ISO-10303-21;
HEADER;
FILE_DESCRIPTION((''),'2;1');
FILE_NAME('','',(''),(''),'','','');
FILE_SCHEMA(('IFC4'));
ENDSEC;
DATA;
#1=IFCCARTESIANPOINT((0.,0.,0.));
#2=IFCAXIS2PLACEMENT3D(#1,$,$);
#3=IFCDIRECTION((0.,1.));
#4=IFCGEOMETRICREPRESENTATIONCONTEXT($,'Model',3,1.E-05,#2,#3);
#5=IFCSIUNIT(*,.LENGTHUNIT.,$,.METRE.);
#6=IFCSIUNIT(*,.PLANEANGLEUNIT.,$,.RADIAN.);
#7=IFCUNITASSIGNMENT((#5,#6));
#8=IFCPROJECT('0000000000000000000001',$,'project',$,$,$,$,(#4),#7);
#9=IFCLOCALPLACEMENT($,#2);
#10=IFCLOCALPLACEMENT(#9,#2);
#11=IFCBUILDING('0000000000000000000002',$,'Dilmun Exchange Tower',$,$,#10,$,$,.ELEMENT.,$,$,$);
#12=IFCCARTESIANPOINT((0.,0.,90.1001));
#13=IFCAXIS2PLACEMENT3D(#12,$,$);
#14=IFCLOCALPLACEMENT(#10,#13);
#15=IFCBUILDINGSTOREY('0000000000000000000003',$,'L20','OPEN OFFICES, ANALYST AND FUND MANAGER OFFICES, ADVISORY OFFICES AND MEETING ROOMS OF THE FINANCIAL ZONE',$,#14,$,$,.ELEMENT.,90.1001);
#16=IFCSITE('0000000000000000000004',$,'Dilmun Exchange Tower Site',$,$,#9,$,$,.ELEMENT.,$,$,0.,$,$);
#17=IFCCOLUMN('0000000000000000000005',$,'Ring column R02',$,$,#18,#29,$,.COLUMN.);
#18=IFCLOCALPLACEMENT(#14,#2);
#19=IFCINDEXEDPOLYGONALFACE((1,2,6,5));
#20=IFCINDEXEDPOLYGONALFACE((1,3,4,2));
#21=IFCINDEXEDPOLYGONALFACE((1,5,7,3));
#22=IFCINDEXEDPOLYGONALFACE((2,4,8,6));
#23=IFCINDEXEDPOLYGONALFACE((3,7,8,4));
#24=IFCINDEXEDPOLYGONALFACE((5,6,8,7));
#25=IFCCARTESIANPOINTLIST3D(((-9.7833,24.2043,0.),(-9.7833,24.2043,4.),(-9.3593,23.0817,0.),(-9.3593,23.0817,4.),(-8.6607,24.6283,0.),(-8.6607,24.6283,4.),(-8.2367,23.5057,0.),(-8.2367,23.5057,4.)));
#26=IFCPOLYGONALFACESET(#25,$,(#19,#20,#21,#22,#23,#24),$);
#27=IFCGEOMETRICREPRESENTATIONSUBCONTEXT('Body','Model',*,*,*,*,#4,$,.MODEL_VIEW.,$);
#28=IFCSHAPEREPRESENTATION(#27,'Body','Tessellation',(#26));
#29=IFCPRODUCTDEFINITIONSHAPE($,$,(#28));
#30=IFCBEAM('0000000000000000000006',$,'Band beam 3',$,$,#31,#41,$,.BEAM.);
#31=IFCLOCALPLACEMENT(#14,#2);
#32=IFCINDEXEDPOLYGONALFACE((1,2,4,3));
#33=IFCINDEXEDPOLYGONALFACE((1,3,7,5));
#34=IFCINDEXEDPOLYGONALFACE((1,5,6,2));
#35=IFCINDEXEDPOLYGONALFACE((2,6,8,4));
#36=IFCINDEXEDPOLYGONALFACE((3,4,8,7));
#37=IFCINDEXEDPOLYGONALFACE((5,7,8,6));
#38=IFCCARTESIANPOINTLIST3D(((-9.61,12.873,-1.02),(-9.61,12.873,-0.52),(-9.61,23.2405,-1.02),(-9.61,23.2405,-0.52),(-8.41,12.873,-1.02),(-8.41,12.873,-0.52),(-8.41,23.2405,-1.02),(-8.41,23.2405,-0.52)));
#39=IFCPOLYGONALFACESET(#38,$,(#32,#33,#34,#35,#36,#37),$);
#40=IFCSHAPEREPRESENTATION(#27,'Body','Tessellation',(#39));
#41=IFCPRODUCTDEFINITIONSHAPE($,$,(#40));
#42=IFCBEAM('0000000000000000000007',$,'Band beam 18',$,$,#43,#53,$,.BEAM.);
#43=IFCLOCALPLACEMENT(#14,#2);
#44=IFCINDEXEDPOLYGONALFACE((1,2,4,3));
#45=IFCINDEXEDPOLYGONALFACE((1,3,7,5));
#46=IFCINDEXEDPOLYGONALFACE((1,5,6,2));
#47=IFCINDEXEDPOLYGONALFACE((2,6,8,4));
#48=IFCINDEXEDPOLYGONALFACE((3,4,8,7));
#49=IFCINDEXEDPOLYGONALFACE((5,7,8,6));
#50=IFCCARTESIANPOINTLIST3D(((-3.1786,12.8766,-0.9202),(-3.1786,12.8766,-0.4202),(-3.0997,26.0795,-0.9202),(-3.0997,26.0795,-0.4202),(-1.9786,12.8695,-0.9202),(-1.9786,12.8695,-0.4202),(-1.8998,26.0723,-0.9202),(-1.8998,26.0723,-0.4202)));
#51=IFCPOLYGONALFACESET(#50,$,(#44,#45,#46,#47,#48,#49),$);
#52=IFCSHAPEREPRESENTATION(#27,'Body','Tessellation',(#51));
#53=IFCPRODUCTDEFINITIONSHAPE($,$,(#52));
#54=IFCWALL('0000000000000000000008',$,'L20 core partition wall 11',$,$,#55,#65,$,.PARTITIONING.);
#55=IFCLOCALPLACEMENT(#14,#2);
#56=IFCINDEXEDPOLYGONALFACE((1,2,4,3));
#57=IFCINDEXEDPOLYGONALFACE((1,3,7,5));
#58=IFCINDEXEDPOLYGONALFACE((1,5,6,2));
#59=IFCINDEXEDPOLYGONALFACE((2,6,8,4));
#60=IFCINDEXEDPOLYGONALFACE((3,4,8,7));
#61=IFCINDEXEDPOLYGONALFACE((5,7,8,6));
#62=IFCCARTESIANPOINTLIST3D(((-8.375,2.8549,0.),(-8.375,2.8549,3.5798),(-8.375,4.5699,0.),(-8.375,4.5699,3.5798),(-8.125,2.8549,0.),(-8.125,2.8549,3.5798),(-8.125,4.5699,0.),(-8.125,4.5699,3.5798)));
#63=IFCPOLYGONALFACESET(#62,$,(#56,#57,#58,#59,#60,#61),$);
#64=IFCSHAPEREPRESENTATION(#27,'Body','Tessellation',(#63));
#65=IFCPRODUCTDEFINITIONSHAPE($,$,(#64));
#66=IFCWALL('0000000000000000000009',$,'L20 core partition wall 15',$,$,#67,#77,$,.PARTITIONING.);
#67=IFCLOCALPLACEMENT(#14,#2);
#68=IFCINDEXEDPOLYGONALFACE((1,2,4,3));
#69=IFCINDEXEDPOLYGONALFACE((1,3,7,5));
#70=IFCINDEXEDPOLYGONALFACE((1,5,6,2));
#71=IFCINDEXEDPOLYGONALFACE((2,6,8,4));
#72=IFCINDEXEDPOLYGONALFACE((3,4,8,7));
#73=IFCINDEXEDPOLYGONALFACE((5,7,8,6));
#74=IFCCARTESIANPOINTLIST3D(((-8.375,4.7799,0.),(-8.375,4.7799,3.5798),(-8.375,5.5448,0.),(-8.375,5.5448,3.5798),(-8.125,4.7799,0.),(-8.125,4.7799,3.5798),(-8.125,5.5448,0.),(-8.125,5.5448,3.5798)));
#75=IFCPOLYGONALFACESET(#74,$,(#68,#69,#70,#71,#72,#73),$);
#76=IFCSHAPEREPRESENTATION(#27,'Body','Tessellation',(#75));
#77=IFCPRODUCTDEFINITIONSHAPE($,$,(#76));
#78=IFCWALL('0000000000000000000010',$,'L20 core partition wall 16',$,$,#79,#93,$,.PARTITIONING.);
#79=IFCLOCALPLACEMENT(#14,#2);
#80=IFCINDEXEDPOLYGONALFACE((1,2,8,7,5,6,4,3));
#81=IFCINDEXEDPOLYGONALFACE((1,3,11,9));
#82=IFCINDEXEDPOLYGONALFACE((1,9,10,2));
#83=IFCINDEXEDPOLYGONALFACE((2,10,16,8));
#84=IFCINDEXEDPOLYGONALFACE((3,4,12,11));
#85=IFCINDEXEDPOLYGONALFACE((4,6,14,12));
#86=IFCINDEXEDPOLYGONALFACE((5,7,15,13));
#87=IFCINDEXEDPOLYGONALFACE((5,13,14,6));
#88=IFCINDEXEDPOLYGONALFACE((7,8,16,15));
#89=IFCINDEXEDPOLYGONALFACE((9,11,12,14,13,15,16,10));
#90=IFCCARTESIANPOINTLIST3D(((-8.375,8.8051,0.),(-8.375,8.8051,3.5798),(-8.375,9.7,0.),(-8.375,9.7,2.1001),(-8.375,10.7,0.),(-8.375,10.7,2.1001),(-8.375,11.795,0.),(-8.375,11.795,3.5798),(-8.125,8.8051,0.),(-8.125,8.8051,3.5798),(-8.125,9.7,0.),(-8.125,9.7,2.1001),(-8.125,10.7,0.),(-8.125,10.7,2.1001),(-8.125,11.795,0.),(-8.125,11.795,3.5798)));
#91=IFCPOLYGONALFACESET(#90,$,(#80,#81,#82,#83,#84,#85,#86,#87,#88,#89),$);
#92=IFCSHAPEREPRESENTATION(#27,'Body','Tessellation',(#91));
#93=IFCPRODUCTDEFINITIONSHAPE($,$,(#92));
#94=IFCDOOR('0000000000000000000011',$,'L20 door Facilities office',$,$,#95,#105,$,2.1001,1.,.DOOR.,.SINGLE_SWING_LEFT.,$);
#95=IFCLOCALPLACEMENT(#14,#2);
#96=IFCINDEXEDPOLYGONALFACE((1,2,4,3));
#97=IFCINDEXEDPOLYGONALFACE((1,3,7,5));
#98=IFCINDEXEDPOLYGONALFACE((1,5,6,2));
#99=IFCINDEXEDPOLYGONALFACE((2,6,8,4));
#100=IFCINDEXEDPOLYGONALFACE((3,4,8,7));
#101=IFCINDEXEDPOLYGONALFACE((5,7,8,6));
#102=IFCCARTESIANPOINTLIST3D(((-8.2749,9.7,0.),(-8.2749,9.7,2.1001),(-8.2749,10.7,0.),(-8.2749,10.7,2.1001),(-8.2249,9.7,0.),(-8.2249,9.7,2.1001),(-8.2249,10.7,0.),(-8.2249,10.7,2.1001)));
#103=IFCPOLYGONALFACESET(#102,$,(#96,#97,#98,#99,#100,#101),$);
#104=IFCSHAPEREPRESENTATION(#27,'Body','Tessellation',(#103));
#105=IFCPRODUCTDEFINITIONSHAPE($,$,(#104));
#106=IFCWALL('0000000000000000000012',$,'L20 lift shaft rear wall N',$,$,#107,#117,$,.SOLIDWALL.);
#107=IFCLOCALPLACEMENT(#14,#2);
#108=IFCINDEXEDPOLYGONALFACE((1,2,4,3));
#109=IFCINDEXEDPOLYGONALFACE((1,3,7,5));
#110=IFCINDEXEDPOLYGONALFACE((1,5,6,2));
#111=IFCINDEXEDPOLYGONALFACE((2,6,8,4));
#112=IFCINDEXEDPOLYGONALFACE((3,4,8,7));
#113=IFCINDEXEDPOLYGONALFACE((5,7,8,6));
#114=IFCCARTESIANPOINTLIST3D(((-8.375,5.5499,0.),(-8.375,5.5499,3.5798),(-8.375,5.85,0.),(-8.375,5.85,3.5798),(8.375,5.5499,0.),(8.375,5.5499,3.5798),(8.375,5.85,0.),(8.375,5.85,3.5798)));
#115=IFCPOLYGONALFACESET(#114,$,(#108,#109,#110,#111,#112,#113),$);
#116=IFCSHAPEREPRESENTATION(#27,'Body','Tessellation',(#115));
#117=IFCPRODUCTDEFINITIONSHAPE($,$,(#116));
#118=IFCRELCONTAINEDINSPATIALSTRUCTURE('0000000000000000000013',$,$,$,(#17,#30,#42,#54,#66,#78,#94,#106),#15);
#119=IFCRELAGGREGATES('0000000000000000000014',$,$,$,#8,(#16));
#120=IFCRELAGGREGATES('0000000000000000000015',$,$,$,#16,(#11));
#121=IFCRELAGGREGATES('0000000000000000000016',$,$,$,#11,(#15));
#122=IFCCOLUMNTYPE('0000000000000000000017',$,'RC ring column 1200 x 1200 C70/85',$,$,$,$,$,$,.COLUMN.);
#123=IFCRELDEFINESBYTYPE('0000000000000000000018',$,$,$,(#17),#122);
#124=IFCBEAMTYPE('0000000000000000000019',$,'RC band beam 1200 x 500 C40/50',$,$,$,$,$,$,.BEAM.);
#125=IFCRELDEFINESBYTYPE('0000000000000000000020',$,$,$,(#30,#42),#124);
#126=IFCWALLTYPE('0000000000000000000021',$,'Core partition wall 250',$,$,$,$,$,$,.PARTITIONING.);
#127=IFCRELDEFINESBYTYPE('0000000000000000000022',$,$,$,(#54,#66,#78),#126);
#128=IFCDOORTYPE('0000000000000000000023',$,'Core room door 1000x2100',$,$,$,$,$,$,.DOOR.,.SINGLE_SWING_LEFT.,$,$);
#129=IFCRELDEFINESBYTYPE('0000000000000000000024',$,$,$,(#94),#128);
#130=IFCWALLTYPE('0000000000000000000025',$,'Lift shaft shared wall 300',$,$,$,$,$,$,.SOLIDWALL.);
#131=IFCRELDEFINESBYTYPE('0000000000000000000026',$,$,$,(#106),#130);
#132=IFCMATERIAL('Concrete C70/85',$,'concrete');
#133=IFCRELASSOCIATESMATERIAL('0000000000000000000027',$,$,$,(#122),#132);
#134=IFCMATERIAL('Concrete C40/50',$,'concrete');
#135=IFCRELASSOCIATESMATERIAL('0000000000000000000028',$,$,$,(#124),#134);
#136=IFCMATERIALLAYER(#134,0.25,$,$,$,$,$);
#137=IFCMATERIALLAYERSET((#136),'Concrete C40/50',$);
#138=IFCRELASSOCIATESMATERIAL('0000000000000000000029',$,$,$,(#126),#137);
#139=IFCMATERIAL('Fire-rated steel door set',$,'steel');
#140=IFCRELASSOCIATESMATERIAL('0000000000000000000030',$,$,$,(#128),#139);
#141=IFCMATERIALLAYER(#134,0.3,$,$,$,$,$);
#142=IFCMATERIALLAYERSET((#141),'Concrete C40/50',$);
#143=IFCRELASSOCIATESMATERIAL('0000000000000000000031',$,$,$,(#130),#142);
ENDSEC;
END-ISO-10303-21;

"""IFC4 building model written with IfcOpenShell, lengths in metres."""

from ifc_helpers import new_model, si_unit, direction, frame, frame_2d, origin, origin_2d, place, context, subcontext, project, spatial, rectangle, extrude, material, layer, layer_set, material_profile, profile_set, type_object, element, fill, save


model = new_model("IFC4")

# Units and contexts
model_context = context("Model", 3, precision=1e-05, world=origin(), true_north=direction((0.0, 1.0)))
body_context = subcontext(model_context, "Body", "Model", "MODEL_VIEW")
ifc_project = project(units=[si_unit("LENGTHUNIT", "METRE"), si_unit("PLANEANGLEUNIT", "RADIAN")], contexts=[model_context])

# Site, building, storey
site_placement = place(None, origin())
site = spatial("IfcSite", under=ifc_project, at=site_placement, Name="Dilmun Exchange Tower Site", CompositionType="ELEMENT", RefElevation=0.0)
building_placement = place(site_placement, origin())
building = spatial("IfcBuilding", under=site, at=building_placement, Name="Dilmun Exchange Tower", CompositionType="ELEMENT")
storey_placement = place(building_placement, frame((0.0, 0.0, 90.1001)))
storey = spatial("IfcBuildingStorey", under=building, at=storey_placement, Name="L20", Description="OPEN OFFICES, ANALYST AND FUND MANAGER OFFICES, ADVISORY OFFICES AND MEETING ROOMS OF THE FINANCIAL ZONE", CompositionType="ELEMENT", Elevation=90.1001)

# Column
ifc_material_1 = material(Name="Concrete C70/85", Category="concrete")
ifc_material_profile_1 = material_profile(ifc_material_1, rectangle(XDim=1.2, YDim=1.2, at=origin_2d()), Name="1200 x 1200")
ifc_profile_set_1 = profile_set([ifc_material_profile_1], Name="Concrete C70/85")
column_type = type_object("IfcColumnType", Name="RC ring column 1200 x 1200 C70/85", PredefinedType="COLUMN", material=ifc_profile_set_1)
column_placement = place(storey_placement, frame((-9.01, 23.855, 0.0), z_axis=(0.0, 0.0, 1.0), x_axis=(0.935492, 0.353349, 0.0)))
element("IfcColumn", 1, at=column_placement, inside=storey, type_object=column_type, Name="Ring column R02", PredefinedType="COLUMN", context=body_context, shape_type="SweptSolid", body=[
    extrude(rectangle(XDim=1.2, YDim=1.2, at=origin_2d()), origin(), (0.0, 0.0, 1.0), 4.0),
])

# Beams
ifc_material_2 = material(Name="Concrete C40/50", Category="concrete")
ifc_material_profile_2 = material_profile(ifc_material_2, rectangle(XDim=1.2, YDim=0.5, at=origin_2d()), Name="1200 x 500")
ifc_profile_set_2 = profile_set([ifc_material_profile_2], Name="Concrete C40/50")
beam_type = type_object("IfcBeamType", Name="RC band beam 1200 x 500 C40/50", PredefinedType="BEAM", material=ifc_profile_set_2)
beam_1_placement = place(storey_placement, frame((-9.01, 23.2405, -0.77), z_axis=(0.0, -1.0, 0.0), x_axis=(1.0, 0.0, 0.0)))
element("IfcBeam", 2, at=beam_1_placement, inside=storey, type_object=beam_type, Name="Band beam 3", PredefinedType="BEAM", context=body_context, shape_type="SweptSolid", body=[
    extrude(rectangle(XDim=1.2, YDim=0.5, at=origin_2d()), origin(), (0.0, 0.0, 1.0), 10.3674),
])
beam_2_placement = place(storey_placement, frame((-2.4998, 26.0759, -0.6702), z_axis=(-0.005973, -0.999982, 0.0), x_axis=(0.999982, -0.005973, 0.0)))
element("IfcBeam", 3, at=beam_2_placement, inside=storey, type_object=beam_type, Name="Band beam 18", PredefinedType="BEAM", context=body_context, shape_type="SweptSolid", body=[
    extrude(rectangle(XDim=1.2, YDim=0.5, at=origin_2d()), origin(), (0.0, 0.0, 1.0), 13.2031),
])

# Walls
ifc_layer_1 = layer(ifc_material_2, 0.25)
ifc_layer_set_1 = layer_set([ifc_layer_1], Name="Concrete C40/50")
wall_type_1 = type_object("IfcWallType", Name="Core partition wall 250", PredefinedType="PARTITIONING", material=ifc_layer_set_1)
wall_1_placement = place(storey_placement, frame((-8.25, 2.855, 0.0), z_axis=(0.0, 0.0, 1.0), x_axis=(0.0, 1.0, 0.0)))
element("IfcWall", 4, at=wall_1_placement, inside=storey, type_object=wall_type_1, Name="L20 core partition wall 11", PredefinedType="PARTITIONING", context=body_context, shape_type="SweptSolid", body=[
    extrude(rectangle(XDim=1.7151, YDim=0.25, at=frame_2d((0.8574, 0.0))), origin(), (0.0, 0.0, 1.0), 3.5798),
])
wall_2_placement = place(storey_placement, frame((-8.25, 4.78, 0.0), z_axis=(0.0, 0.0, 1.0), x_axis=(0.0, 1.0, 0.0)))
element("IfcWall", 5, at=wall_2_placement, inside=storey, type_object=wall_type_1, Name="L20 core partition wall 15", PredefinedType="PARTITIONING", context=body_context, shape_type="SweptSolid", body=[
    extrude(rectangle(XDim=0.7649, YDim=0.25, at=frame_2d((0.3823, 0.0))), origin(), (0.0, 0.0, 1.0), 3.5798),
])

# Wall, opening, door
wall_3_placement = place(storey_placement, frame((-8.25, 8.8049, 0.0), z_axis=(0.0, 0.0, 1.0), x_axis=(0.0, 1.0, 0.0)))
wall_3 = element("IfcWall", 6, at=wall_3_placement, inside=storey, type_object=wall_type_1, Name="L20 core partition wall 16", PredefinedType="PARTITIONING", context=body_context, shape_type="SweptSolid", body=[
    extrude(rectangle(XDim=2.99, YDim=0.25, at=frame_2d((1.4951, 0.0))), origin(), (0.0, 0.0, 1.0), 3.5798),
])
opening_1_placement = place(wall_3_placement, frame((0.895, 0.0, 0.0)))
opening_1 = element("IfcOpeningElement", 7, at=opening_1_placement, cuts=wall_3, PredefinedType="OPENING", context=body_context, shape_type="SweptSolid", body=[
    extrude(rectangle(XDim=1.0, YDim=2.1001, at=frame_2d((0.5, 1.05))), frame((0.0, 0.135, 0.0), z_axis=(0.0, -1.0, 0.0), x_axis=(1.0, 0.0, 0.0)), (0.0, 0.0, 1.0), 0.27),
])
ifc_material_3 = material(Name="Fire-rated steel door set", Category="steel")
door_type_1 = type_object("IfcDoorType", Name="Core room door 1000x2100", OperationType="SINGLE_SWING_LEFT", PredefinedType="DOOR", material=ifc_material_3)
door_1_placement = place(opening_1_placement, origin())
door_1 = element("IfcDoor", 8, at=door_1_placement, inside=storey, type_object=door_type_1, Name="L20 door Facilities office", OperationType="SINGLE_SWING_LEFT", OverallHeight=2.1001, OverallWidth=1.0, PredefinedType="DOOR", context=body_context, shape_type="SweptSolid", body=[
    extrude(rectangle(XDim=1.0, YDim=2.1001, at=frame_2d((0.5, 1.05))), frame((0.0, 0.0249, 0.0), z_axis=(0.0, -1.0, 0.0), x_axis=(1.0, 0.0, 0.0)), (0.0, 0.0, 1.0), 0.05),
])
fill(opening_1, door_1)

# Wall
ifc_layer_2 = layer(ifc_material_2, 0.3)
ifc_layer_set_2 = layer_set([ifc_layer_2], Name="Concrete C40/50")
wall_type_2 = type_object("IfcWallType", Name="Lift shaft shared wall 300", PredefinedType="SOLIDWALL", material=ifc_layer_set_2)
wall_4_placement = place(storey_placement, frame((-8.375, 5.7, 0.0), z_axis=(0.0, 0.0, 1.0), x_axis=(1.0, 0.0, 0.0)))
element("IfcWall", 9, at=wall_4_placement, inside=storey, type_object=wall_type_2, Name="L20 lift shaft rear wall N", PredefinedType="SOLIDWALL", context=body_context, shape_type="SweptSolid", body=[
    extrude(rectangle(XDim=16.75, YDim=0.3, at=frame_2d((8.375, 0.0))), origin(), (0.0, 0.0, 1.0), 3.5798),
])

save(model, "model.ifc")
